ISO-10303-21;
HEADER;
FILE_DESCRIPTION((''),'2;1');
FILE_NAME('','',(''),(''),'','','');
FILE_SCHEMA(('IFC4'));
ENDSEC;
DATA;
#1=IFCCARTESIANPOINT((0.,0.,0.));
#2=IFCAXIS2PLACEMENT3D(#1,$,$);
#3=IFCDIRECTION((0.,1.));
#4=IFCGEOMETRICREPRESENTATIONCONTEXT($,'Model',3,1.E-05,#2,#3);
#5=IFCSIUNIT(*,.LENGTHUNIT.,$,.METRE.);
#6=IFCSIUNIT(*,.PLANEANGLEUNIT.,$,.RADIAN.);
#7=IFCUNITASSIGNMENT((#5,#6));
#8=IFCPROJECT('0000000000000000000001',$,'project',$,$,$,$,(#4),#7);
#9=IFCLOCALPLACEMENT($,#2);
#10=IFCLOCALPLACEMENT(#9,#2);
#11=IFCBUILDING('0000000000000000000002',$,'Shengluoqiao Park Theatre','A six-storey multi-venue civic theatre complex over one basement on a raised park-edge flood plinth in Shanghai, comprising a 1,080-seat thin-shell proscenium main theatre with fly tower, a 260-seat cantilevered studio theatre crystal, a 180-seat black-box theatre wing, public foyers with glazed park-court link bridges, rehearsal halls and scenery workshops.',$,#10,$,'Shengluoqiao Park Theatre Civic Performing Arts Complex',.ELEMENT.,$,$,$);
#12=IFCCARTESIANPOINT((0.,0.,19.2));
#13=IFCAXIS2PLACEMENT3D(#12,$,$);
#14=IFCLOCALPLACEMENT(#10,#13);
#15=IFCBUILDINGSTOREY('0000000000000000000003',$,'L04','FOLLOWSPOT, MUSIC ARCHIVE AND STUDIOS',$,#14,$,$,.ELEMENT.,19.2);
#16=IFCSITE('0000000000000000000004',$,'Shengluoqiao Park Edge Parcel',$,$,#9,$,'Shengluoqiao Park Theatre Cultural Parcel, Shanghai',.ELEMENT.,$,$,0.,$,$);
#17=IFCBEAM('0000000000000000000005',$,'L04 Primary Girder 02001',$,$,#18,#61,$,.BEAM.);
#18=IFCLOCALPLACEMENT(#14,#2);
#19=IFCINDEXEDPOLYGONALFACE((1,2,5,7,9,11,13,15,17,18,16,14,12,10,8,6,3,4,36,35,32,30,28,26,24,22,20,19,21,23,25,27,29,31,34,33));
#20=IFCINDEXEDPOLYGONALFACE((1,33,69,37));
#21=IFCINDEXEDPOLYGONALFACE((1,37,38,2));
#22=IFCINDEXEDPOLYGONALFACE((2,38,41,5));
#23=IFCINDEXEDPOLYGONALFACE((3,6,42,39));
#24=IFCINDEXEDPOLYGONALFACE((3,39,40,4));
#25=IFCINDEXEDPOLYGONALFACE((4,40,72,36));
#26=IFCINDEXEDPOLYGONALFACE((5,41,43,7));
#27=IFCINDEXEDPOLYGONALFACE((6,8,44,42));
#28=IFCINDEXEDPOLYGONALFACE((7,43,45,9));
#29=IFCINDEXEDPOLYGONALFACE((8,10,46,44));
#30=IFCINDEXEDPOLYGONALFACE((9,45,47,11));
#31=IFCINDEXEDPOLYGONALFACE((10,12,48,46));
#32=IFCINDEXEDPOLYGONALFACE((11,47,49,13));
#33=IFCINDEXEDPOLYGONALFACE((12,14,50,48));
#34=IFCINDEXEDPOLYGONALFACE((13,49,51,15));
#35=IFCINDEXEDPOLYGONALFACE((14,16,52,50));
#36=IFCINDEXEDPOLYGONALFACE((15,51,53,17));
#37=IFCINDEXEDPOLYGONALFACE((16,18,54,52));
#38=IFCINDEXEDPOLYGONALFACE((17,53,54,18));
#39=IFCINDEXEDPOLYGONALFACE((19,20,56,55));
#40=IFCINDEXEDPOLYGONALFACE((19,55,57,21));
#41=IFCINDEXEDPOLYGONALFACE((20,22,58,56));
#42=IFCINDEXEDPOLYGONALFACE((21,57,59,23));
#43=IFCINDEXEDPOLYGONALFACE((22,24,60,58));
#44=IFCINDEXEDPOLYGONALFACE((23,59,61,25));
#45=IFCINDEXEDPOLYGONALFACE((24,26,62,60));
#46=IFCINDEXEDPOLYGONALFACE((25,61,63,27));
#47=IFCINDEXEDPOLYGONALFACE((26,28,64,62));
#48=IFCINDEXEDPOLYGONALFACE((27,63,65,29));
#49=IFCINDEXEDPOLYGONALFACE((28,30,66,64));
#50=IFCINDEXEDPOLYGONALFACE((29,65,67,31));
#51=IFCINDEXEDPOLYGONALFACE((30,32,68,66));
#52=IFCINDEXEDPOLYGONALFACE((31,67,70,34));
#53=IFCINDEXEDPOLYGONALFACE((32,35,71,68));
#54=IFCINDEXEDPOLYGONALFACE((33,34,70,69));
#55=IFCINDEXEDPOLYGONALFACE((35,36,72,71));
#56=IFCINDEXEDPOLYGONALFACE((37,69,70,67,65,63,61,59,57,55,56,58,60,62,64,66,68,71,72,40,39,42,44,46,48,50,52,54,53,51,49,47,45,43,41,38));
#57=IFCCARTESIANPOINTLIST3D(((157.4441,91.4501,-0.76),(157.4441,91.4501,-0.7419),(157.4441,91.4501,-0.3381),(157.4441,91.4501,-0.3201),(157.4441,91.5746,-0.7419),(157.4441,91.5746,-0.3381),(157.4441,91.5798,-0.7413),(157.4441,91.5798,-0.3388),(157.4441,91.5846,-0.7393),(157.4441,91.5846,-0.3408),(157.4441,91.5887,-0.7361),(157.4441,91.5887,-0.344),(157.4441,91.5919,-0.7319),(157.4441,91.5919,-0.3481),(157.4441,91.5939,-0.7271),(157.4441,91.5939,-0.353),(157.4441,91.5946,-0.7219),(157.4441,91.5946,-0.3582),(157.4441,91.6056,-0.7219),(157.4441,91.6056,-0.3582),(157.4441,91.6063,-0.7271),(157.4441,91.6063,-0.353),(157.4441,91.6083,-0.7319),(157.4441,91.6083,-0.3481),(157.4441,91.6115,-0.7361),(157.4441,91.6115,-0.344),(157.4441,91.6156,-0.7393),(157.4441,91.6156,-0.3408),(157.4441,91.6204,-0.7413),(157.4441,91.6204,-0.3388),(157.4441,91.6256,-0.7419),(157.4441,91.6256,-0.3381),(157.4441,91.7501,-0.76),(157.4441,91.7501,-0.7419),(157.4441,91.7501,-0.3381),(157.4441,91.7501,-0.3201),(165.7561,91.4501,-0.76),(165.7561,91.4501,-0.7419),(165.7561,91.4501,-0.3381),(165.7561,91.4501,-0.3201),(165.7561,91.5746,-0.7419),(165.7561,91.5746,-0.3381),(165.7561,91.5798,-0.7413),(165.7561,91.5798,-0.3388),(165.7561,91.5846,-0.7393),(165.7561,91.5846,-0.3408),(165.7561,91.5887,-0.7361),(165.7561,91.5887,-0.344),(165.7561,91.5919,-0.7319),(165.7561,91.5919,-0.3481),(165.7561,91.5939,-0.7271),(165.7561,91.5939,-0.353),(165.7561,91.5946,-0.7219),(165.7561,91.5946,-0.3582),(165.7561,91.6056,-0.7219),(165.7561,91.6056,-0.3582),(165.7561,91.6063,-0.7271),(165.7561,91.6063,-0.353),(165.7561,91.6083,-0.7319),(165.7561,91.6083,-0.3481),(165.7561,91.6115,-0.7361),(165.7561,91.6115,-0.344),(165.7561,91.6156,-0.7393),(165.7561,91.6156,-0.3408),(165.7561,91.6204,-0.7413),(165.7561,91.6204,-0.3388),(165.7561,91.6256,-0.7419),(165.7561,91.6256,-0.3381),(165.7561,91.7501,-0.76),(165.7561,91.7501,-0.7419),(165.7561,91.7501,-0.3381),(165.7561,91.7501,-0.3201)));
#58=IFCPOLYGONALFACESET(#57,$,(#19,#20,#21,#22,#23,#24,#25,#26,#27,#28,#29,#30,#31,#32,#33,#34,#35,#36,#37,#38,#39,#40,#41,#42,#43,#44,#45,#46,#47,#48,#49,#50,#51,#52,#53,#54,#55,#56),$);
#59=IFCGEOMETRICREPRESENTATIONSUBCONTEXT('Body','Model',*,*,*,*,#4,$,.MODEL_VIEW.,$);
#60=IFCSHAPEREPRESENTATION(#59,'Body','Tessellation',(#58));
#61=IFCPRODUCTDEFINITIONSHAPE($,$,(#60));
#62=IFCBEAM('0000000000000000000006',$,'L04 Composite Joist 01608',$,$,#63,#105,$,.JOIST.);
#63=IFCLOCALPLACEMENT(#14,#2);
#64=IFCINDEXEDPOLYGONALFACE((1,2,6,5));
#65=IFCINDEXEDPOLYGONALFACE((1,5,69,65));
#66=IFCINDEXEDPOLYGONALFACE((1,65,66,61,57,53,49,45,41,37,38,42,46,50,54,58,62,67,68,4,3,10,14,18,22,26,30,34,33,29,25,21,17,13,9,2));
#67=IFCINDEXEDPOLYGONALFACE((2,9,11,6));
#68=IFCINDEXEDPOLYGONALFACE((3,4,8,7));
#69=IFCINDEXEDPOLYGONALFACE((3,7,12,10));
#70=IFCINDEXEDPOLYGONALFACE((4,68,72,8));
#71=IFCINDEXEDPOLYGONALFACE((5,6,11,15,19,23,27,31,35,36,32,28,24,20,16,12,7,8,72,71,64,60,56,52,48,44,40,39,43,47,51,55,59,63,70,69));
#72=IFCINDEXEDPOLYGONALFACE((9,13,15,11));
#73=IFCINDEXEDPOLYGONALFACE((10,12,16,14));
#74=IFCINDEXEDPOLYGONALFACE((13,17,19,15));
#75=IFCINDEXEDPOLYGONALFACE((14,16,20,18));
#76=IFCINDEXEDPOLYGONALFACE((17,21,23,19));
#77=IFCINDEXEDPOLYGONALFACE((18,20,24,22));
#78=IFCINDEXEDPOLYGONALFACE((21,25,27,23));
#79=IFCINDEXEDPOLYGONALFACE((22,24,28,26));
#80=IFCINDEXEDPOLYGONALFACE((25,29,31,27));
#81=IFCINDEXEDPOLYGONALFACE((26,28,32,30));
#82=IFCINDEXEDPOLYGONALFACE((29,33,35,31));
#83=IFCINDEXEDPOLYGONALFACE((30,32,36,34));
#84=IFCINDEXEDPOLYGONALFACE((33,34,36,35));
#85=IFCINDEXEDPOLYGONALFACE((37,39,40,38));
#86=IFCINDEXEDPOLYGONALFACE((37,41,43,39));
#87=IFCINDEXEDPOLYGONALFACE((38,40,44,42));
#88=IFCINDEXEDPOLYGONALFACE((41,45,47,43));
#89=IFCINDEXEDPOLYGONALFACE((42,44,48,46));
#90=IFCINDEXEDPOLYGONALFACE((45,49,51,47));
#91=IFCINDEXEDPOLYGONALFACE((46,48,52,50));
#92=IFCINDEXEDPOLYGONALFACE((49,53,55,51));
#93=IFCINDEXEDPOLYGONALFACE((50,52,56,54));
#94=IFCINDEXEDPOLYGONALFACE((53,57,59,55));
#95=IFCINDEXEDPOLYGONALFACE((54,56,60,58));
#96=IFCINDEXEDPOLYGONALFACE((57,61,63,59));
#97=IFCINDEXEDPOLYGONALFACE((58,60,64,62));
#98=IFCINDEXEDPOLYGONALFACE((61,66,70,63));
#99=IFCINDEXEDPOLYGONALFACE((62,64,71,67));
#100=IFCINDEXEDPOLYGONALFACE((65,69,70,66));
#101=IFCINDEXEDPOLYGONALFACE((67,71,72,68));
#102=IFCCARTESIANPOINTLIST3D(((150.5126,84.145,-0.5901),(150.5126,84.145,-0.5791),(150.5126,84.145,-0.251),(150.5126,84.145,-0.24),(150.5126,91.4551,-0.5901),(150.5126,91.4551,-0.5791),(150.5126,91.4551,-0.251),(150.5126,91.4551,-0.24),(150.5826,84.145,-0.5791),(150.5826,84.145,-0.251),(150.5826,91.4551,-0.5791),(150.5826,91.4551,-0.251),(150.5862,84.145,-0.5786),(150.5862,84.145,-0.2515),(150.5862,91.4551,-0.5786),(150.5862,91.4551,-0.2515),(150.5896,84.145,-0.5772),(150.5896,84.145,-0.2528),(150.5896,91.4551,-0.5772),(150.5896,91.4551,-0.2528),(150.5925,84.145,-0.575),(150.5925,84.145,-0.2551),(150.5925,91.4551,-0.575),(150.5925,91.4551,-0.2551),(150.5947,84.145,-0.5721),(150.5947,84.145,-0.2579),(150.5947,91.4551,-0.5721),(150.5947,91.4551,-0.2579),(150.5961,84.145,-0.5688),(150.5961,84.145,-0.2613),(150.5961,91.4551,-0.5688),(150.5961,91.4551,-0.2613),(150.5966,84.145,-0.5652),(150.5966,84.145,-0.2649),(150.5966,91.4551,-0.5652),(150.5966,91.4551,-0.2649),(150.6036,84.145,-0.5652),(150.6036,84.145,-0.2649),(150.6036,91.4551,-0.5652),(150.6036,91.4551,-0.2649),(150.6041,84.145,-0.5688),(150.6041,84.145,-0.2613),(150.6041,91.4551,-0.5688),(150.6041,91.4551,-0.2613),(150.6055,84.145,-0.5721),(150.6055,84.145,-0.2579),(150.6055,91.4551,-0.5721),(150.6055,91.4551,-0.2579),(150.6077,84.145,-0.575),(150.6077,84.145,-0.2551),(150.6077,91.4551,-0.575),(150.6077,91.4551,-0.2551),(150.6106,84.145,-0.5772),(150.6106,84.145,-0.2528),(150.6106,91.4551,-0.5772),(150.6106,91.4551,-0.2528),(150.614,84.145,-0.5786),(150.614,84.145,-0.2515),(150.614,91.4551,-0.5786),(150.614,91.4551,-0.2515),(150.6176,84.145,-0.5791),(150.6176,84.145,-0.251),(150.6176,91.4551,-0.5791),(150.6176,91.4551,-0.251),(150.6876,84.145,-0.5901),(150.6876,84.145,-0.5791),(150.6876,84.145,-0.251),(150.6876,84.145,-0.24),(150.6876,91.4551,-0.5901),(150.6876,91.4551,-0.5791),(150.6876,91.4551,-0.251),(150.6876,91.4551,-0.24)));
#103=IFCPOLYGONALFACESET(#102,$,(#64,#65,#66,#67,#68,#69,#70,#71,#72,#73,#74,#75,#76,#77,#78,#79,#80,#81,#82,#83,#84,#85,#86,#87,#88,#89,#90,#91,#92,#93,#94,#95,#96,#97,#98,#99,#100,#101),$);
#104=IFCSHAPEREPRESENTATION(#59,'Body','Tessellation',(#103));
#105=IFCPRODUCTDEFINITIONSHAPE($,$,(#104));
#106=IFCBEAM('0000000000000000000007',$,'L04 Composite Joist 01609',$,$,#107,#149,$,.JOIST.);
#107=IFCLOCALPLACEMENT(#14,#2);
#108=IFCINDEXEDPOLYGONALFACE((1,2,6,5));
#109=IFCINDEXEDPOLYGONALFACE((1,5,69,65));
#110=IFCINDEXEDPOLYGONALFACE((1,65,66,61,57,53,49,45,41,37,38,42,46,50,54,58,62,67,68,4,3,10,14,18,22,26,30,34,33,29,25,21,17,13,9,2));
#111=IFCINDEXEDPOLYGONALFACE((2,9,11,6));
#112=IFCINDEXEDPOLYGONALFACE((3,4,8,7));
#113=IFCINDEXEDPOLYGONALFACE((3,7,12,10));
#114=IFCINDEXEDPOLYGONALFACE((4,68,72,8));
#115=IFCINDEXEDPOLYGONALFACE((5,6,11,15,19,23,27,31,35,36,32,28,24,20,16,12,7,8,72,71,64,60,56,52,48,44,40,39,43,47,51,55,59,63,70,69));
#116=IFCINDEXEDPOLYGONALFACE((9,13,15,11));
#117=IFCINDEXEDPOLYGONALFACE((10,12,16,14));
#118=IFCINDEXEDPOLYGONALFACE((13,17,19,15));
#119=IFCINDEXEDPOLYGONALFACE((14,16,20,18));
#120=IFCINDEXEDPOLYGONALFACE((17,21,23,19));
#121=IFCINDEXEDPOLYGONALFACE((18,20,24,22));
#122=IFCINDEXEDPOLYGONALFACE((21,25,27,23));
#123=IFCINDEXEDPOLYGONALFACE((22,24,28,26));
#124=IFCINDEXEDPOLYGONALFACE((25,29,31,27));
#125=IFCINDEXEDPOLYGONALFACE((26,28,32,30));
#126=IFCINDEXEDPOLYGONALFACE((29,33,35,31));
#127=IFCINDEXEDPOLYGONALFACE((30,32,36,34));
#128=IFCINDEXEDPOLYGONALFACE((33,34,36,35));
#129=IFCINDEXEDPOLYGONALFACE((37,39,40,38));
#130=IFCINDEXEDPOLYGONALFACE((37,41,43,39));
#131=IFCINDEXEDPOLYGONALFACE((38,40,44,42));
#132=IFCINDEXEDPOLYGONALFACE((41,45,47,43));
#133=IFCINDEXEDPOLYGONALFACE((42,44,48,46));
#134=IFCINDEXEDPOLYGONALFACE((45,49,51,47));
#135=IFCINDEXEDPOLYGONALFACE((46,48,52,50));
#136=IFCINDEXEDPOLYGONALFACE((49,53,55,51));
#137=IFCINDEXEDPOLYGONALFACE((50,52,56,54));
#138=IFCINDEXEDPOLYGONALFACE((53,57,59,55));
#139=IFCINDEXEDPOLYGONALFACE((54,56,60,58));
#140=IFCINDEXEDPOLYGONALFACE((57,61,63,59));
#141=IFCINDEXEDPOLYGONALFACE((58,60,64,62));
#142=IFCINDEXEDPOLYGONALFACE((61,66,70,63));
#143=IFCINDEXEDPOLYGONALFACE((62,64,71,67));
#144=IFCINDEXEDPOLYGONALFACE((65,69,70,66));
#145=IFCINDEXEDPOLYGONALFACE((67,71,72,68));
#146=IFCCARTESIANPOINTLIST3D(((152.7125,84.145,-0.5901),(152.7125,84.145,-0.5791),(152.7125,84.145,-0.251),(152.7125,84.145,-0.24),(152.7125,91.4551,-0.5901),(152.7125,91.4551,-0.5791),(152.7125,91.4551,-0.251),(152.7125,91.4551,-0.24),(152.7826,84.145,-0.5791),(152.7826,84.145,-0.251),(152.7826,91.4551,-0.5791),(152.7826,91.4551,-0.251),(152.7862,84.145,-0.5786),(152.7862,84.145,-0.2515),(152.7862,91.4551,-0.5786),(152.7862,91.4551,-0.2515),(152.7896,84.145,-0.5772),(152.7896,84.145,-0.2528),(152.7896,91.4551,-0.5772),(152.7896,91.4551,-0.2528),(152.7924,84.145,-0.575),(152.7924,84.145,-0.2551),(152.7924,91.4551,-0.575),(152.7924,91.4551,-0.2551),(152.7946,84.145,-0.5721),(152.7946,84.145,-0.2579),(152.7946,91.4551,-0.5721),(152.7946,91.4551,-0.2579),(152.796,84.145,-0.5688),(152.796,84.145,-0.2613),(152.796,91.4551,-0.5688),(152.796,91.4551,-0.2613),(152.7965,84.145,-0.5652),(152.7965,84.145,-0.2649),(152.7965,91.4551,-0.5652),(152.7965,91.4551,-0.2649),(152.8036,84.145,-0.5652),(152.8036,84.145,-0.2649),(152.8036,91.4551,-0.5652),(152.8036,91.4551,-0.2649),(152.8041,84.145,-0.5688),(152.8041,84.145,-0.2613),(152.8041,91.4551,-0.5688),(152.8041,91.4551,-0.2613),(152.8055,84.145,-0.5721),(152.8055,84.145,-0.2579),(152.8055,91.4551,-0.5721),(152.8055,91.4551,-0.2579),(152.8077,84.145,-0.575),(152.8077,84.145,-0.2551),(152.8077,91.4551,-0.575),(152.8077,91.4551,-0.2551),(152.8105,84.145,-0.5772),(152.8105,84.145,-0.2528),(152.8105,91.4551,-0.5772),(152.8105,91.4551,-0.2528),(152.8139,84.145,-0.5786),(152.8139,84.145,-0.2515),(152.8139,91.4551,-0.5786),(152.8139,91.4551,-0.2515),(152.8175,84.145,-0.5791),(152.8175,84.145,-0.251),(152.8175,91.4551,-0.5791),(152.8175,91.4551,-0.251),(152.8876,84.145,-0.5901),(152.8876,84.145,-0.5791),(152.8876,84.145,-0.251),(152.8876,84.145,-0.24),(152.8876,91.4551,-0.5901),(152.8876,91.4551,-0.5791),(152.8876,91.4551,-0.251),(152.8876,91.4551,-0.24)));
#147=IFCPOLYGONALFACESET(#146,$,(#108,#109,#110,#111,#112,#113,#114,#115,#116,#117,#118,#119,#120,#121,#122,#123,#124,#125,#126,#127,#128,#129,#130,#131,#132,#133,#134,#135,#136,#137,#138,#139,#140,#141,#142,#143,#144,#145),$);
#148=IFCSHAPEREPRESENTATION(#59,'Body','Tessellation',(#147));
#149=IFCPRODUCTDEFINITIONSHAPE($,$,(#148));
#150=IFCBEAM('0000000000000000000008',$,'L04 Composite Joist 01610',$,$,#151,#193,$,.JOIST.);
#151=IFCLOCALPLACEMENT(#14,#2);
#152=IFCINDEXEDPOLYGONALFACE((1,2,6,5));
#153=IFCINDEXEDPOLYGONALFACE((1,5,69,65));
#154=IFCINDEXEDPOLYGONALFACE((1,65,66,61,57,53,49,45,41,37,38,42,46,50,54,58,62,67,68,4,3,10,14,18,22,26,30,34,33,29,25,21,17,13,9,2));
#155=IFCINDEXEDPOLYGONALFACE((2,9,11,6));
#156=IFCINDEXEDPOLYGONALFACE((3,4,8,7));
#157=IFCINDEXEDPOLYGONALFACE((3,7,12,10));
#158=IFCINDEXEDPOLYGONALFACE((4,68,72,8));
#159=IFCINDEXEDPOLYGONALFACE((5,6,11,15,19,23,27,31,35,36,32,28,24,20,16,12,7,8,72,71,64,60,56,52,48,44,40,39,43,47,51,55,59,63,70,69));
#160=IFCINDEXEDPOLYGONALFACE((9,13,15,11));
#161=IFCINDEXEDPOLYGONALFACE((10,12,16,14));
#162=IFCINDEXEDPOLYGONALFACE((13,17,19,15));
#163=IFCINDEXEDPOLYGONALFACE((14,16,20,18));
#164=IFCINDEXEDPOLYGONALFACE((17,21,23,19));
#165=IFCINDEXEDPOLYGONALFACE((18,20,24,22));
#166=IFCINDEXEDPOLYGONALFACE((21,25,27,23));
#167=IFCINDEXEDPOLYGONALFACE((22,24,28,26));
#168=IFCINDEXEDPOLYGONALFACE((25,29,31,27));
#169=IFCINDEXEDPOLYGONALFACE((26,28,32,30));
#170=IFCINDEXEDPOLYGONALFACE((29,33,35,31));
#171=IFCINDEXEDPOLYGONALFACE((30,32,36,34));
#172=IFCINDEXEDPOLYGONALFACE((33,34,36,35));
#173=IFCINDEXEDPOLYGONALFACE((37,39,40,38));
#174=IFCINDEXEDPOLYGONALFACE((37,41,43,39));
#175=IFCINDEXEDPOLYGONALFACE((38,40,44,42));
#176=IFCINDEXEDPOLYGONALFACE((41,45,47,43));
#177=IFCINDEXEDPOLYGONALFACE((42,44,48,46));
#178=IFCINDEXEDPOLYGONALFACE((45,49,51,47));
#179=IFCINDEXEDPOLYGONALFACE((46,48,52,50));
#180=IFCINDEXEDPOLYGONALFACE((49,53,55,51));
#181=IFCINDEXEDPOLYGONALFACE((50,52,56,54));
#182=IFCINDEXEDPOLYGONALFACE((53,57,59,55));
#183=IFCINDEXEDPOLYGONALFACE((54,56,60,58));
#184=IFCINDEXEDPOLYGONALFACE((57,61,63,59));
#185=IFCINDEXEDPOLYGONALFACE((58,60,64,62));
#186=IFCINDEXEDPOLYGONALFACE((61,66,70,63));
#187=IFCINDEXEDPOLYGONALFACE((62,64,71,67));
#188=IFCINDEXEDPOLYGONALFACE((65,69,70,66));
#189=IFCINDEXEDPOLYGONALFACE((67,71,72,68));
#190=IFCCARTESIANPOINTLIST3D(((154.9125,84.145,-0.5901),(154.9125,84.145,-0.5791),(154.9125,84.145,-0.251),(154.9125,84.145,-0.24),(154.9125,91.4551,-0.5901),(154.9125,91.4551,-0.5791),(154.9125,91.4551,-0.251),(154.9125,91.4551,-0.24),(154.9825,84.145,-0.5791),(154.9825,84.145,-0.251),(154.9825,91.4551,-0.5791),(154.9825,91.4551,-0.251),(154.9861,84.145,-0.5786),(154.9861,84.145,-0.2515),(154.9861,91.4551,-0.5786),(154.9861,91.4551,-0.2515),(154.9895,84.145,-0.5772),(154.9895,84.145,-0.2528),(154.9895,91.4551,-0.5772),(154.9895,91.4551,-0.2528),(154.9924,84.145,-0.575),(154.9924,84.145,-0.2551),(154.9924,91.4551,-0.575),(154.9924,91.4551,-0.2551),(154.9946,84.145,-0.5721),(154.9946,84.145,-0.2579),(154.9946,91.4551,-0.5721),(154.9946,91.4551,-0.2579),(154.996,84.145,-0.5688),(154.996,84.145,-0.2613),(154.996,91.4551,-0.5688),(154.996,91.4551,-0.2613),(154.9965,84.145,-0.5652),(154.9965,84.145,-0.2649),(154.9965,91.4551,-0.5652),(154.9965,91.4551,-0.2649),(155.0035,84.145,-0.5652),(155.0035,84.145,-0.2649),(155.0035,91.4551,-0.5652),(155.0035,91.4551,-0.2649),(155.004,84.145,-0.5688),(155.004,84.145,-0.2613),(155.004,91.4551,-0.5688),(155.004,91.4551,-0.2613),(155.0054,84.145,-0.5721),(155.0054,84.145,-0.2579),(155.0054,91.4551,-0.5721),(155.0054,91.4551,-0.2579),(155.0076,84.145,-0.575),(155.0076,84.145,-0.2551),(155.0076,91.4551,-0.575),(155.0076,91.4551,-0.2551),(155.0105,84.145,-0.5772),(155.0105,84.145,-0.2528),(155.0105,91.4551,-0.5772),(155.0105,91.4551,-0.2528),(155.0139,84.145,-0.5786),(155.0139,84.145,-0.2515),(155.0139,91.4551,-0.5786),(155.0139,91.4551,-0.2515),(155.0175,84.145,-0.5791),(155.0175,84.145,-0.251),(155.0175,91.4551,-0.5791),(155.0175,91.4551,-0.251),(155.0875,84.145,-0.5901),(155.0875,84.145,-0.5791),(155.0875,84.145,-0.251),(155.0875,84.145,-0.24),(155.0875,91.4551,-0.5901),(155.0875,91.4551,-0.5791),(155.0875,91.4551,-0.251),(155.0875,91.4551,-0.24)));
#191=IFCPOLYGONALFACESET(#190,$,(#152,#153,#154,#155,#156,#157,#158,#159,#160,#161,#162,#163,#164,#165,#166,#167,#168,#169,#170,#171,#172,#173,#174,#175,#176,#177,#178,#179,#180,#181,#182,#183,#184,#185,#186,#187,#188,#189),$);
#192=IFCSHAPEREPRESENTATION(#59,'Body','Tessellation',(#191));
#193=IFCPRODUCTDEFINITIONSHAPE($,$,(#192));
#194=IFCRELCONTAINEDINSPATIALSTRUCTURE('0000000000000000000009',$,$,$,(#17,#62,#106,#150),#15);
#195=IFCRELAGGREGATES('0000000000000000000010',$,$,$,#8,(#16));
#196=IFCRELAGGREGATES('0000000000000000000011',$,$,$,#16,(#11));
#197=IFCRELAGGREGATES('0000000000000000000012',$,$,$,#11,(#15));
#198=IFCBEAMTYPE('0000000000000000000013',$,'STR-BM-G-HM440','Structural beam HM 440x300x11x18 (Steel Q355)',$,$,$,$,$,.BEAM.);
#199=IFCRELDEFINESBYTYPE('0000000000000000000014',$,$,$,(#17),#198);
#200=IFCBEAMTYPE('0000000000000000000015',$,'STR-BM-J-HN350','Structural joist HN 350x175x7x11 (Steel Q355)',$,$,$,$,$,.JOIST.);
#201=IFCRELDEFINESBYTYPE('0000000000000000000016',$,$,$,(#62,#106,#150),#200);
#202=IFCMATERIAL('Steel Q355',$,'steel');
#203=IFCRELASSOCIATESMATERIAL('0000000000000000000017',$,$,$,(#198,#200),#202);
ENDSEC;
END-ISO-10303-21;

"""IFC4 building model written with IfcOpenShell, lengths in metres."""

from ifc_helpers import new_model, si_unit, direction, frame, origin, origin_2d, place, context, subcontext, project, spatial, i_section, extrude, material, material_profile, profile_set, type_object, element, save


model = new_model("IFC4")

# Units and contexts
model_context = context("Model", 3, precision=1e-05, world=origin(), true_north=direction((0.0, 1.0)))
body_context = subcontext(model_context, "Body", "Model", "MODEL_VIEW")
ifc_project = project(units=[si_unit("LENGTHUNIT", "METRE"), si_unit("PLANEANGLEUNIT", "RADIAN")], contexts=[model_context])

# Site, building, storey
site_placement = place(None, origin())
site = spatial("IfcSite", under=ifc_project, at=site_placement, Name="Shengluoqiao Park Edge Parcel", LongName="Shengluoqiao Park Theatre Cultural Parcel, Shanghai", CompositionType="ELEMENT", RefElevation=0.0)
building_placement = place(site_placement, origin())
building = spatial("IfcBuilding", under=site, at=building_placement, Name="Shengluoqiao Park Theatre", Description="A six-storey multi-venue civic theatre complex over one basement on a raised park-edge flood plinth in Shanghai, comprising a 1,080-seat thin-shell proscenium main theatre with fly tower, a 260-seat cantilevered studio theatre crystal, a 180-seat black-box theatre wing, public foyers with glazed park-court link bridges, rehearsal halls and scenery workshops.", LongName="Shengluoqiao Park Theatre Civic Performing Arts Complex", CompositionType="ELEMENT")
storey_placement = place(building_placement, frame((0.0, 0.0, 19.2)))
storey = spatial("IfcBuildingStorey", under=building, at=storey_placement, Name="L04", Description="FOLLOWSPOT, MUSIC ARCHIVE AND STUDIOS", CompositionType="ELEMENT", Elevation=19.2)

# Shared definitions
ifc_material_1 = material(Name="Steel Q355", Category="steel")

# Beams
ifc_material_profile_1 = material_profile(ifc_material_1, i_section(OverallWidth=0.3, OverallDepth=0.4399, WebThickness=0.011, FlangeThickness=0.0181, FilletRadius=0.02, at=origin_2d()), Name="HM 440x300x11x18")
ifc_profile_set_1 = profile_set([ifc_material_profile_1], Name="Steel Q355")
beam_type_1 = type_object("IfcBeamType", Name="STR-BM-G-HM440", Description="Structural beam HM 440x300x11x18 (Steel Q355)", PredefinedType="BEAM", material=ifc_profile_set_1)
for number, where, z_axis, x_axis, name in (
    (1, (157.4441, 91.6001, -0.54), (1.0, 0.0, 0.0), (0.0, 1.0, 0.0), "L04 Primary Girder 02001"),
):
    element("IfcBeam", number, at=place(storey_placement, frame(where, z_axis=z_axis, x_axis=x_axis)), inside=storey, type_object=beam_type_1, Name=name, PredefinedType="BEAM", context=body_context, shape_type="SweptSolid", body=[
        extrude(i_section(OverallWidth=0.3, OverallDepth=0.4399, WebThickness=0.011, FlangeThickness=0.0181, FilletRadius=0.02, at=origin_2d()), origin(), (0.0, 0.0, 1.0), 8.312),
    ])
ifc_material_profile_2 = material_profile(ifc_material_1, i_section(OverallWidth=0.175, OverallDepth=0.3501, WebThickness=0.0071, FlangeThickness=0.011, FilletRadius=0.0139, at=origin_2d()), Name="HN 350x175x7x11")
ifc_profile_set_2 = profile_set([ifc_material_profile_2], Name="Steel Q355")
beam_type_2 = type_object("IfcBeamType", Name="STR-BM-J-HN350", Description="Structural joist HN 350x175x7x11 (Steel Q355)", PredefinedType="JOIST", material=ifc_profile_set_2)
for number, where, z_axis, x_axis, name in (
    (2, (150.6001, 84.145, -0.415), (0.0, 1.0, 0.0), (-1.0, 0.0, 0.0), "L04 Composite Joist 01608"),
    (3, (152.8, 84.145, -0.415), (0.0, 1.0, 0.0), (-1.0, 0.0, 0.0), "L04 Composite Joist 01609"),
    (4, (155.0, 84.145, -0.415), (0.0, 1.0, 0.0), (-1.0, 0.0, 0.0), "L04 Composite Joist 01610"),
):
    element("IfcBeam", number, at=place(storey_placement, frame(where, z_axis=z_axis, x_axis=x_axis)), inside=storey, type_object=beam_type_2, Name=name, PredefinedType="JOIST", context=body_context, shape_type="SweptSolid", body=[
        extrude(i_section(OverallWidth=0.175, OverallDepth=0.3501, WebThickness=0.0071, FlangeThickness=0.011, FilletRadius=0.0139, at=origin_2d()), origin(), (0.0, 0.0, 1.0), 7.3101),
    ])

save(model, "model.ifc")
